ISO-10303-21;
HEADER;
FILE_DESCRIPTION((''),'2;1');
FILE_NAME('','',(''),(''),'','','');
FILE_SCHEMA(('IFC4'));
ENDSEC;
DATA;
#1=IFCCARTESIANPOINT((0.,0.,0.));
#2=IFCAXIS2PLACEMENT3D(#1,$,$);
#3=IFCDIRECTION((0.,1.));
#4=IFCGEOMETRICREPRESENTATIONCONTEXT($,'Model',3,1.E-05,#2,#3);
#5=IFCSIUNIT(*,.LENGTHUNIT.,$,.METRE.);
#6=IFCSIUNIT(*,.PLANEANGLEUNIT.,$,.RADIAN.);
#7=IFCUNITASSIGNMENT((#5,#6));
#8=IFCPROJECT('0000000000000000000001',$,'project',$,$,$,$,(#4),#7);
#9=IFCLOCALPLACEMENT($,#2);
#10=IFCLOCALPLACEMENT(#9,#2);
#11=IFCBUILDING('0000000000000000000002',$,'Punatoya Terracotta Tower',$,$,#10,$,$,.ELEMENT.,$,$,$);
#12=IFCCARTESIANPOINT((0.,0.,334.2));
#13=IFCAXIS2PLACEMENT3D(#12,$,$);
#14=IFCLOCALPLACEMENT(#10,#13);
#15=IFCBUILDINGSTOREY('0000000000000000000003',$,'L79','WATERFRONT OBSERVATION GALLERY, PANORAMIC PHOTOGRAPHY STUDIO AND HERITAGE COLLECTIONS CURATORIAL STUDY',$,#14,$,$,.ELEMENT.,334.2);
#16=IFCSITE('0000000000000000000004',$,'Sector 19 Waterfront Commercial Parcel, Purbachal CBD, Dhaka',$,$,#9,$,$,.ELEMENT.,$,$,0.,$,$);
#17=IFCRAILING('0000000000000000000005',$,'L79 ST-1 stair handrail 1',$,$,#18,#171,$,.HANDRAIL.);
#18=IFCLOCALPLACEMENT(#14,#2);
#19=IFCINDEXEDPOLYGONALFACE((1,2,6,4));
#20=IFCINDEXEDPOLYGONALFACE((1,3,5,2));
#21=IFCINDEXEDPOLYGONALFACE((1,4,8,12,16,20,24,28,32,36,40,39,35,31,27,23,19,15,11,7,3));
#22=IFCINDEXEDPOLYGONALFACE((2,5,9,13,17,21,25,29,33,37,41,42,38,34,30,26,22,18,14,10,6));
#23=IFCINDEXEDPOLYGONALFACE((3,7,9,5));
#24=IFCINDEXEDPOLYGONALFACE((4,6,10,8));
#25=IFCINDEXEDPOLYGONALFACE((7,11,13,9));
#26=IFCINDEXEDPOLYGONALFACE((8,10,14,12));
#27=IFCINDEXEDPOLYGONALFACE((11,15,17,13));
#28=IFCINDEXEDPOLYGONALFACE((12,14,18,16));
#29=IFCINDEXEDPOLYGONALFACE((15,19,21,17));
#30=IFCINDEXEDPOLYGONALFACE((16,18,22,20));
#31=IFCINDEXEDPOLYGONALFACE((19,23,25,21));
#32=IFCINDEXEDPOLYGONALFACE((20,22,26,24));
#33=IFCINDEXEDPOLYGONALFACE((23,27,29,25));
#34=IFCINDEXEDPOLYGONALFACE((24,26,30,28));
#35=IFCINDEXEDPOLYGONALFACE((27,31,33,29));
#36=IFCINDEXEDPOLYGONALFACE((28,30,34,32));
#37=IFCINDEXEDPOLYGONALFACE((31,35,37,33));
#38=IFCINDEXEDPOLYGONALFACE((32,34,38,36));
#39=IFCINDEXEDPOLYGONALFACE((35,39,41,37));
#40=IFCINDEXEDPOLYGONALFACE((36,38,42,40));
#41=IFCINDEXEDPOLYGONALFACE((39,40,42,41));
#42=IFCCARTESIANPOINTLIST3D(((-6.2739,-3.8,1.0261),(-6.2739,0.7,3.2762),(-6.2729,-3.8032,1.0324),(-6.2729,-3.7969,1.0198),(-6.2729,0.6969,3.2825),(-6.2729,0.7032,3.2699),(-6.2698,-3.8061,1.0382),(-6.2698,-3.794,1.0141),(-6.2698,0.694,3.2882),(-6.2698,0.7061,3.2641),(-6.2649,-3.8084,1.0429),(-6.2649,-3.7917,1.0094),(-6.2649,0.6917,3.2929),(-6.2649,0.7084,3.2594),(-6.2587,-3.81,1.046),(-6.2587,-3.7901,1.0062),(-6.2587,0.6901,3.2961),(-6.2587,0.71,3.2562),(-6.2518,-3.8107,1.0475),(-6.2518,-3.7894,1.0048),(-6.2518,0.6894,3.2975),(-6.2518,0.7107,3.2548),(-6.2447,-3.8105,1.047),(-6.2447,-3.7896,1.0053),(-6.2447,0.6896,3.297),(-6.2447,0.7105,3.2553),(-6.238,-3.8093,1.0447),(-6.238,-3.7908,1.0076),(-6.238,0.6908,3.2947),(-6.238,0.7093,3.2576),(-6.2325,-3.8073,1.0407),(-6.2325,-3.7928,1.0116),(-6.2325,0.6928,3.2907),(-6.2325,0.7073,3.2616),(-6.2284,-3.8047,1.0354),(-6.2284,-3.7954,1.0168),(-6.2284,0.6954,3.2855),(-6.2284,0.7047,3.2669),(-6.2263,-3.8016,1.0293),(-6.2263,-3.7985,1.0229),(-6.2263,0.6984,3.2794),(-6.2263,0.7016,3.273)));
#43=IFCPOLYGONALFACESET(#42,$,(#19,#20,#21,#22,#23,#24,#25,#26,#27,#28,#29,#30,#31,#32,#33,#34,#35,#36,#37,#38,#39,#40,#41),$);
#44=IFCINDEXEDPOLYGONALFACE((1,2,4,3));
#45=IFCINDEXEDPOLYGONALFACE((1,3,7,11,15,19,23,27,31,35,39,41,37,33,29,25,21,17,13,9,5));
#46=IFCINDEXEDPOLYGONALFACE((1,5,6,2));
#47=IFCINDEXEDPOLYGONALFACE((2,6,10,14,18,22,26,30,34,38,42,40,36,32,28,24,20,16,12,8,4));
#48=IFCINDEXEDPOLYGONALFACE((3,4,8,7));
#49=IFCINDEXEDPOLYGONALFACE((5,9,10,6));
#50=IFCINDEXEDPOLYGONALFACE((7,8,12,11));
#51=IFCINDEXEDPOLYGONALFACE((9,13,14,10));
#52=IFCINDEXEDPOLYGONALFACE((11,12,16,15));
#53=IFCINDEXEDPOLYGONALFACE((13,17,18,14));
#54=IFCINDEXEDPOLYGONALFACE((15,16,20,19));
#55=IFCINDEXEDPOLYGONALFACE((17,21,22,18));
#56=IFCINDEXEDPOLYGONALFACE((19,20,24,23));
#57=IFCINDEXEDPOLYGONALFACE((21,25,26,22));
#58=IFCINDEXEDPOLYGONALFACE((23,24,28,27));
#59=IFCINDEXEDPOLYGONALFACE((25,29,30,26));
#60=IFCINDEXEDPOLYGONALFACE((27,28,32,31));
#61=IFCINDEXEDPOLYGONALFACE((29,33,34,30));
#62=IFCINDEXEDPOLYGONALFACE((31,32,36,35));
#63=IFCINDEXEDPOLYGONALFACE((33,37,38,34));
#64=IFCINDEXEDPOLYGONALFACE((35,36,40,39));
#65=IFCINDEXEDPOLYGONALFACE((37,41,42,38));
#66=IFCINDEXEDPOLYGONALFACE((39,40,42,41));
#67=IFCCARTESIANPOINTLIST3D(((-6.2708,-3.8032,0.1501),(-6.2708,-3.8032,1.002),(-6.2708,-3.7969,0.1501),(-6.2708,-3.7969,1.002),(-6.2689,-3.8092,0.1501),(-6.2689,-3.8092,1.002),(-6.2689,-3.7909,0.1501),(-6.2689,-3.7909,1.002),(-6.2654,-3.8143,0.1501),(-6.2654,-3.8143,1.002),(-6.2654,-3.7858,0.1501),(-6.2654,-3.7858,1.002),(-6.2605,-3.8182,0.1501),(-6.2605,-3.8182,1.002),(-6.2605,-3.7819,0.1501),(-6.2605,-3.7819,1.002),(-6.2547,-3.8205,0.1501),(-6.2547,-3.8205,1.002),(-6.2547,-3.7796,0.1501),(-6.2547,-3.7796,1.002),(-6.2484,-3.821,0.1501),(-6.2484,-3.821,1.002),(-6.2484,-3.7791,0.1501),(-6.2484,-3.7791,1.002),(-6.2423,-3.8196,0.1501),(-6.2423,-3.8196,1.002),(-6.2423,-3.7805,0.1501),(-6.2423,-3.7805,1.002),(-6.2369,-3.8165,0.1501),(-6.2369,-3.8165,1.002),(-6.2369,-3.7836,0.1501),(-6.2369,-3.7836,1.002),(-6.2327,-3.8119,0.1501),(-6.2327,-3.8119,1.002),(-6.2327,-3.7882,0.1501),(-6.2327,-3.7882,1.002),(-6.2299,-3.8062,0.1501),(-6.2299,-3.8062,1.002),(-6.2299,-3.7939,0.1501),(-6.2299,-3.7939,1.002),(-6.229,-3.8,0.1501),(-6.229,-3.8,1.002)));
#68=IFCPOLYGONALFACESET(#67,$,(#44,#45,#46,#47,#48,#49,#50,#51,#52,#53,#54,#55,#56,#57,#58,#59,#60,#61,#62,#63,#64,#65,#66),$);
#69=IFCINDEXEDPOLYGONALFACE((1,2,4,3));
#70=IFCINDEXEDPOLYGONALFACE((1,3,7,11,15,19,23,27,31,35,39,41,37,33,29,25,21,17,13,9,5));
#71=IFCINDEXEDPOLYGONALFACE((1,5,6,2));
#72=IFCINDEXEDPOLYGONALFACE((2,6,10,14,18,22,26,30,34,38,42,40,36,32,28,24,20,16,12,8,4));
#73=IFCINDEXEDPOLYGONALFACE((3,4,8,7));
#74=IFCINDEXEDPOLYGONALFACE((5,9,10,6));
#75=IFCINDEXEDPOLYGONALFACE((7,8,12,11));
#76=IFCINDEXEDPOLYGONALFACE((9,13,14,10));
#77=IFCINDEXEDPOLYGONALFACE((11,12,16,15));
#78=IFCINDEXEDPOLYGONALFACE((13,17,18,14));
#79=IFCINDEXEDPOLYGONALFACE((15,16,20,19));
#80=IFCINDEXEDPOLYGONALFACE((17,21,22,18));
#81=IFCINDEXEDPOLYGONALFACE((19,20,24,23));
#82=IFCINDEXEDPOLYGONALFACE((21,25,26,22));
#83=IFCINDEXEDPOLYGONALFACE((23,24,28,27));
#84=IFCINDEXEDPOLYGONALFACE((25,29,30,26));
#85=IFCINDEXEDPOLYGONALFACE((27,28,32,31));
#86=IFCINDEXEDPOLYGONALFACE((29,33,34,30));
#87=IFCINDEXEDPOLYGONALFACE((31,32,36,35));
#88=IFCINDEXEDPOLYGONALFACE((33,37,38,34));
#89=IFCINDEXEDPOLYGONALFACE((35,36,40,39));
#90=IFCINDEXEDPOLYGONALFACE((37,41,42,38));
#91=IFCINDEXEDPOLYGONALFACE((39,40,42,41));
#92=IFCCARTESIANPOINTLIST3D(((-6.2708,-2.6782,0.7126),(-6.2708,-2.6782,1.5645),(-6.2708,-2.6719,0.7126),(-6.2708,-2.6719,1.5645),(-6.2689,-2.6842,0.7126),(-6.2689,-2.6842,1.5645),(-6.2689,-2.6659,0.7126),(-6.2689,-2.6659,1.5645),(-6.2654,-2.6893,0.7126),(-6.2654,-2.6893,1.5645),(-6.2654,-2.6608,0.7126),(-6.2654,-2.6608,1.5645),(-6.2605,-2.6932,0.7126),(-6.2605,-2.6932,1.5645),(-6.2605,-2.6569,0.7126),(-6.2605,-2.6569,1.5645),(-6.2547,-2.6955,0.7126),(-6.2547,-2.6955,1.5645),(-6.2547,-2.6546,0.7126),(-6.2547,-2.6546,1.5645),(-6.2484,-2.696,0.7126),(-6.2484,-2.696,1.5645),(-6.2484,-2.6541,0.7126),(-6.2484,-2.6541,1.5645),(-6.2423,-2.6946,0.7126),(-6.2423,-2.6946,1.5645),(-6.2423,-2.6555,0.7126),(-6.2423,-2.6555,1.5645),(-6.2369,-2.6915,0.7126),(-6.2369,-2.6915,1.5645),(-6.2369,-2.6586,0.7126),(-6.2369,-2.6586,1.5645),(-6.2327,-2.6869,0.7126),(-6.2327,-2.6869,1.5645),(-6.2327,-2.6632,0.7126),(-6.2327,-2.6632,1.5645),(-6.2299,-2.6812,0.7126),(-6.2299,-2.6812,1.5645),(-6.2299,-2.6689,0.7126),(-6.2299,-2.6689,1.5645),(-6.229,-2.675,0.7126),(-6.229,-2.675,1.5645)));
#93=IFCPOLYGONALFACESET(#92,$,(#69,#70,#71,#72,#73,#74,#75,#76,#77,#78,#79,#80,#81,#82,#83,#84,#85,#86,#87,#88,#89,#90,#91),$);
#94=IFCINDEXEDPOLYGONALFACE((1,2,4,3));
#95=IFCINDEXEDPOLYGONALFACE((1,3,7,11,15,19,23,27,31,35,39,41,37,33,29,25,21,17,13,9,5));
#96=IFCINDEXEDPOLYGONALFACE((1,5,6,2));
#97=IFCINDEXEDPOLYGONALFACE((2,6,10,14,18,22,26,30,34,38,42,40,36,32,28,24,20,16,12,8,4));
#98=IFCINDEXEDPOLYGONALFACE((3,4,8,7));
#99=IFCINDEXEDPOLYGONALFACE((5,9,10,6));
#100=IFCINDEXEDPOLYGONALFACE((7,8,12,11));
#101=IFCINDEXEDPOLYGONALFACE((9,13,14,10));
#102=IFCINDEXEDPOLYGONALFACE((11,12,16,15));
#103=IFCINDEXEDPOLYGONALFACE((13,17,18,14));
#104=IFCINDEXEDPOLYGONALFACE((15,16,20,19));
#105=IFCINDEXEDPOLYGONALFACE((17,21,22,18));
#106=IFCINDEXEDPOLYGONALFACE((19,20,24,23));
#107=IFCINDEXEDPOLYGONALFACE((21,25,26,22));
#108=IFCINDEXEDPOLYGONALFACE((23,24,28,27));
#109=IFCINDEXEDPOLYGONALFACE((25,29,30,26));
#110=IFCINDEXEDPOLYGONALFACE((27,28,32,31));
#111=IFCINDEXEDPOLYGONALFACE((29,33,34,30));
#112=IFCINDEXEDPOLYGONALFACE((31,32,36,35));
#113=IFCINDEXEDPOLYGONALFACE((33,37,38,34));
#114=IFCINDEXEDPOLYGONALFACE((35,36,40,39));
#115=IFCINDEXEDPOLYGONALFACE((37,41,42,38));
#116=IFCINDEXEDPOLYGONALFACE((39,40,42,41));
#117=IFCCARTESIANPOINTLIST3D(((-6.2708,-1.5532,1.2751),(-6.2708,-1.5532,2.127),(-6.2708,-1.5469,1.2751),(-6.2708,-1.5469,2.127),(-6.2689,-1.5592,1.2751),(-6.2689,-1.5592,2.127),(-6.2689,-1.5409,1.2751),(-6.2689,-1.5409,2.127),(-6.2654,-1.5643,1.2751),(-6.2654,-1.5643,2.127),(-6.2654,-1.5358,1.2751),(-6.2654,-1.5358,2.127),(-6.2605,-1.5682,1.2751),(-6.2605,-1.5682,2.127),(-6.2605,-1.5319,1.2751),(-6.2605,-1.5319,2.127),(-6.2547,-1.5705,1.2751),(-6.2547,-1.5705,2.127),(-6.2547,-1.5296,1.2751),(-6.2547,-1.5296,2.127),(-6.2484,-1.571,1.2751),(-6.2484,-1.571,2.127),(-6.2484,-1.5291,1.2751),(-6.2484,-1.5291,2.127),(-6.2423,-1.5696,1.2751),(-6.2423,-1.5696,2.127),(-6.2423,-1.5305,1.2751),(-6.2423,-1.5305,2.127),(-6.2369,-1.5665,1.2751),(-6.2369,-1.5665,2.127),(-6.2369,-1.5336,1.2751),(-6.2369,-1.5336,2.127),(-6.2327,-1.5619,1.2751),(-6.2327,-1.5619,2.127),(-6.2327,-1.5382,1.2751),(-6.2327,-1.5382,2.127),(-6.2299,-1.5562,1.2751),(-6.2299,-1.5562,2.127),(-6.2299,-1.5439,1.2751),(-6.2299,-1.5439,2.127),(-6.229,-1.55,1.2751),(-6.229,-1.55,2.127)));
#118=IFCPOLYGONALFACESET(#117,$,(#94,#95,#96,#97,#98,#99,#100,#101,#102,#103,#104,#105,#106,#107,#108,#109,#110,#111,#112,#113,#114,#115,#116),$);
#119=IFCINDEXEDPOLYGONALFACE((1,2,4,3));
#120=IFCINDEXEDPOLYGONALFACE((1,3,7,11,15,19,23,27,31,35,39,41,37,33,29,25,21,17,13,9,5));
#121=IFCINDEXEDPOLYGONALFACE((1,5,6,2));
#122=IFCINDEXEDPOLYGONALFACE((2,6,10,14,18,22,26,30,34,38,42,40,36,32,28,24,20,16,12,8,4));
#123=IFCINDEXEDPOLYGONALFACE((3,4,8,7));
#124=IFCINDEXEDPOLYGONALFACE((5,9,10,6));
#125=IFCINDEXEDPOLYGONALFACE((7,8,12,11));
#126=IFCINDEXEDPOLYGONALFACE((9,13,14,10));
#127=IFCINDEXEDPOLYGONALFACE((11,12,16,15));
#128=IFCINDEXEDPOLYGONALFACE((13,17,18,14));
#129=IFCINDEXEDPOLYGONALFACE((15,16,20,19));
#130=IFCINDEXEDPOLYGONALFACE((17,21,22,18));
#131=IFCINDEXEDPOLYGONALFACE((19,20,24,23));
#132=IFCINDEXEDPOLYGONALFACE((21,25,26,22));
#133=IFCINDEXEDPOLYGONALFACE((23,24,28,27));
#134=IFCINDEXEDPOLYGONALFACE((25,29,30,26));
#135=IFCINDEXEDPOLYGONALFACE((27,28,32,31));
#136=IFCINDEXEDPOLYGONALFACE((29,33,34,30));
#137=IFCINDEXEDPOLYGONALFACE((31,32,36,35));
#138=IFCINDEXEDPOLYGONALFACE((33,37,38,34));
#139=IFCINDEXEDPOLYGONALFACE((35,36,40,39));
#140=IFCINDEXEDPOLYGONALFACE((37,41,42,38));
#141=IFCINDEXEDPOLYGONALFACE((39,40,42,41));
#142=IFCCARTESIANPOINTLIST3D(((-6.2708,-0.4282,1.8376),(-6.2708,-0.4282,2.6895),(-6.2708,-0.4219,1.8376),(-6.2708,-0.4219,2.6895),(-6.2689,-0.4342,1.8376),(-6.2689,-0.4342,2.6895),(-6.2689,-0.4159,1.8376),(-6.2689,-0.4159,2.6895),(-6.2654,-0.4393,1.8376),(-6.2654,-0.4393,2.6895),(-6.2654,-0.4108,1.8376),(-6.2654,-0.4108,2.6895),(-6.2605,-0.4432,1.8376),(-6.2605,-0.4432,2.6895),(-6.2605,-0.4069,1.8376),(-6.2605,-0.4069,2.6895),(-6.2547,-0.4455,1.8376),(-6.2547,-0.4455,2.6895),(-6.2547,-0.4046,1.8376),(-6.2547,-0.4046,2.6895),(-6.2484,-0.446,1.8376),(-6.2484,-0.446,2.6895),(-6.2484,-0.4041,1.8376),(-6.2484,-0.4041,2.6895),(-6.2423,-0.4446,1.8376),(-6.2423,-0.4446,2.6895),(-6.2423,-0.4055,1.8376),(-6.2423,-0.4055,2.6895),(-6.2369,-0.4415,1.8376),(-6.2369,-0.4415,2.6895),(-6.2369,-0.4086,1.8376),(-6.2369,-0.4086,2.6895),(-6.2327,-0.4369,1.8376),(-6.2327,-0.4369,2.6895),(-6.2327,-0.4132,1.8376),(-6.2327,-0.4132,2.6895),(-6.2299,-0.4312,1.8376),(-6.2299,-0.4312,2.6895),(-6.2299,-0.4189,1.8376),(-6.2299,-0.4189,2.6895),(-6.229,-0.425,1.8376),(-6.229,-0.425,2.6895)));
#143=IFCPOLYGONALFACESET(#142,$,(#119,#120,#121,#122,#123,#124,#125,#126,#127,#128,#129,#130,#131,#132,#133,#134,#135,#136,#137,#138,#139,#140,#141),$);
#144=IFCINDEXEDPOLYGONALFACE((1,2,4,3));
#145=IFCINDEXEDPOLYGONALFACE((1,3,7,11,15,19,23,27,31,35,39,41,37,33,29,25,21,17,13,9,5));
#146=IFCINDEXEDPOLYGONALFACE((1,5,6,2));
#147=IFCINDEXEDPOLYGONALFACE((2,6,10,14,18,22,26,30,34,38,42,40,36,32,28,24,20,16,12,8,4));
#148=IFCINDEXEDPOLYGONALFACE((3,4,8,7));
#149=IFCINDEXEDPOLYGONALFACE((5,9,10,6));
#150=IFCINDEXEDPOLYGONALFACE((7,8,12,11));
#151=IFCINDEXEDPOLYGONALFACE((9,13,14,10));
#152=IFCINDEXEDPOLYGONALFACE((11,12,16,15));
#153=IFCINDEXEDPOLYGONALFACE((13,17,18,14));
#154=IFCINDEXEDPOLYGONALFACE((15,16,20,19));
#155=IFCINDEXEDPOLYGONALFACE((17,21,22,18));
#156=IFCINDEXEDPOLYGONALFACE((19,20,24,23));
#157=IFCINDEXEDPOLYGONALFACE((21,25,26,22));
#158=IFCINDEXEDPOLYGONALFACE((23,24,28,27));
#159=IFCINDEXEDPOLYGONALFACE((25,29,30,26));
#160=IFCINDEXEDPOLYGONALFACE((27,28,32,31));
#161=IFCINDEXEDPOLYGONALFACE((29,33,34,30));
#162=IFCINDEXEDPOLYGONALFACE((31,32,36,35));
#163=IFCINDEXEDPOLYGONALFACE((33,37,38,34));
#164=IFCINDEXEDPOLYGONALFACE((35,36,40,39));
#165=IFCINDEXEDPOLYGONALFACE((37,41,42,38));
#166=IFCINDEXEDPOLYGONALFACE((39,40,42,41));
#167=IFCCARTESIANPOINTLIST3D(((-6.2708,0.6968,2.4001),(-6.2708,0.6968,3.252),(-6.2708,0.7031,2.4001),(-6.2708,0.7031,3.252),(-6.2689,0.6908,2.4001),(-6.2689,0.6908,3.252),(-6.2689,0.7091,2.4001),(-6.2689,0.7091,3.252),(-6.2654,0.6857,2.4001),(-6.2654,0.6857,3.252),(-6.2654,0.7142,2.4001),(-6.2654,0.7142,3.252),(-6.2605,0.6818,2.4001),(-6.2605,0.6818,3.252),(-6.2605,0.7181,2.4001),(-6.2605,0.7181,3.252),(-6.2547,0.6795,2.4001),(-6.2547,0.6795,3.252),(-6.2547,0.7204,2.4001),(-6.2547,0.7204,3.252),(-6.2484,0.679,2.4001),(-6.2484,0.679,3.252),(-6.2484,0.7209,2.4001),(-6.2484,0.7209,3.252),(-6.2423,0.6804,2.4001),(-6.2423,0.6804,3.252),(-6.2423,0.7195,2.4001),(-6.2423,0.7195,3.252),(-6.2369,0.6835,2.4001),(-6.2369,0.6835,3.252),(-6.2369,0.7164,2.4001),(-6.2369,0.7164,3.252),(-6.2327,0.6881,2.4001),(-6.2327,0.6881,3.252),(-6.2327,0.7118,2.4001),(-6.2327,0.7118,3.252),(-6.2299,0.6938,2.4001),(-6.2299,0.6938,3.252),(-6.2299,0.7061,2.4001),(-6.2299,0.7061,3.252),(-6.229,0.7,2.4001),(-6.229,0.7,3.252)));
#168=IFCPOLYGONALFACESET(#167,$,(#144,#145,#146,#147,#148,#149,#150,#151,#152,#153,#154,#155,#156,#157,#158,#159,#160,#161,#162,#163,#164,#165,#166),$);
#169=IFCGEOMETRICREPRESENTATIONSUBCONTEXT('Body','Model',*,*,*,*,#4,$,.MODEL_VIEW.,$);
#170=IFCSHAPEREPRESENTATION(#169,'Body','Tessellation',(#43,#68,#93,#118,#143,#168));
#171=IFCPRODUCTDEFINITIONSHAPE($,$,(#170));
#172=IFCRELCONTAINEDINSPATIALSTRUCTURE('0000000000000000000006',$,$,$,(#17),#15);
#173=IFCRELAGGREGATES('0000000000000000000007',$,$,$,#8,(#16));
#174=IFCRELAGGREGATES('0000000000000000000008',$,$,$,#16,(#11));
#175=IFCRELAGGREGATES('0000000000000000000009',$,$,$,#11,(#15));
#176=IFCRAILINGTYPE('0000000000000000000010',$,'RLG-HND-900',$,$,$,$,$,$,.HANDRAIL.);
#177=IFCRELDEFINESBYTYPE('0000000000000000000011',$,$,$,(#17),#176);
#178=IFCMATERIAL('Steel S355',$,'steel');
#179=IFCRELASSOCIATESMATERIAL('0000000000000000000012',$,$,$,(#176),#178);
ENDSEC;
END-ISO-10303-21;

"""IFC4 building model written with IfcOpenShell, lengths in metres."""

from ifc_helpers import new_model, si_unit, direction, frame, origin, origin_2d, place, context, subcontext, project, spatial, circle, extrude, material, type_object, element, save


model = new_model("IFC4")

# Units and contexts
model_context = context("Model", 3, precision=1e-05, world=origin(), true_north=direction((0.0, 1.0)))
body_context = subcontext(model_context, "Body", "Model", "MODEL_VIEW")
ifc_project = project(units=[si_unit("LENGTHUNIT", "METRE"), si_unit("PLANEANGLEUNIT", "RADIAN")], contexts=[model_context])

# Site, building, storey
site_placement = place(None, origin())
site = spatial("IfcSite", under=ifc_project, at=site_placement, Name="Sector 19 Waterfront Commercial Parcel, Purbachal CBD, Dhaka", CompositionType="ELEMENT", RefElevation=0.0)
building_placement = place(site_placement, origin())
building = spatial("IfcBuilding", under=site, at=building_placement, Name="Punatoya Terracotta Tower", CompositionType="ELEMENT")
storey_placement = place(building_placement, frame((0.0, 0.0, 334.2)))
storey = spatial("IfcBuildingStorey", under=building, at=storey_placement, Name="L79", Description="WATERFRONT OBSERVATION GALLERY, PANORAMIC PHOTOGRAPHY STUDIO AND HERITAGE COLLECTIONS CURATORIAL STUDY", CompositionType="ELEMENT", Elevation=334.2)

# Shared definitions
ifc_material_1 = material(Name="Steel S355", Category="steel")

# Railing
railing_type_1 = type_object("IfcRailingType", Name="RLG-HND-900", PredefinedType="HANDRAIL", material=ifc_material_1)
railing_1_placement = place(storey_placement, frame((-6.25, -3.8, 0.1501)))
element("IfcRailing", 1, at=railing_1_placement, inside=storey, type_object=railing_type_1, Name="L79 ST-1 stair handrail 1", PredefinedType="HANDRAIL", context=body_context, shape_type="SweptSolid", body=[
    extrude(circle(Radius=0.0239, at=origin_2d()), frame((0.0, 0.0, 0.876), z_axis=(0.0, 0.894427, 0.447214), x_axis=(-1.0, 0.0, 0.0)), (0.0, 0.0, 1.0), 5.0312),
    extrude(circle(Radius=0.021, at=origin_2d()), origin(), (0.0, 0.0, 1.0), 0.8518),
    extrude(circle(Radius=0.021, at=origin_2d()), frame((0.0, 1.125, 0.5625)), (0.0, 0.0, 1.0), 0.8518),
    extrude(circle(Radius=0.021, at=origin_2d()), frame((0.0, 2.25, 1.125)), (0.0, 0.0, 1.0), 0.8518),
    extrude(circle(Radius=0.021, at=origin_2d()), frame((0.0, 3.375, 1.6875)), (0.0, 0.0, 1.0), 0.8518),
    extrude(circle(Radius=0.021, at=origin_2d()), frame((0.0, 4.5, 2.25)), (0.0, 0.0, 1.0), 0.8518),
])

save(model, "model.ifc")
